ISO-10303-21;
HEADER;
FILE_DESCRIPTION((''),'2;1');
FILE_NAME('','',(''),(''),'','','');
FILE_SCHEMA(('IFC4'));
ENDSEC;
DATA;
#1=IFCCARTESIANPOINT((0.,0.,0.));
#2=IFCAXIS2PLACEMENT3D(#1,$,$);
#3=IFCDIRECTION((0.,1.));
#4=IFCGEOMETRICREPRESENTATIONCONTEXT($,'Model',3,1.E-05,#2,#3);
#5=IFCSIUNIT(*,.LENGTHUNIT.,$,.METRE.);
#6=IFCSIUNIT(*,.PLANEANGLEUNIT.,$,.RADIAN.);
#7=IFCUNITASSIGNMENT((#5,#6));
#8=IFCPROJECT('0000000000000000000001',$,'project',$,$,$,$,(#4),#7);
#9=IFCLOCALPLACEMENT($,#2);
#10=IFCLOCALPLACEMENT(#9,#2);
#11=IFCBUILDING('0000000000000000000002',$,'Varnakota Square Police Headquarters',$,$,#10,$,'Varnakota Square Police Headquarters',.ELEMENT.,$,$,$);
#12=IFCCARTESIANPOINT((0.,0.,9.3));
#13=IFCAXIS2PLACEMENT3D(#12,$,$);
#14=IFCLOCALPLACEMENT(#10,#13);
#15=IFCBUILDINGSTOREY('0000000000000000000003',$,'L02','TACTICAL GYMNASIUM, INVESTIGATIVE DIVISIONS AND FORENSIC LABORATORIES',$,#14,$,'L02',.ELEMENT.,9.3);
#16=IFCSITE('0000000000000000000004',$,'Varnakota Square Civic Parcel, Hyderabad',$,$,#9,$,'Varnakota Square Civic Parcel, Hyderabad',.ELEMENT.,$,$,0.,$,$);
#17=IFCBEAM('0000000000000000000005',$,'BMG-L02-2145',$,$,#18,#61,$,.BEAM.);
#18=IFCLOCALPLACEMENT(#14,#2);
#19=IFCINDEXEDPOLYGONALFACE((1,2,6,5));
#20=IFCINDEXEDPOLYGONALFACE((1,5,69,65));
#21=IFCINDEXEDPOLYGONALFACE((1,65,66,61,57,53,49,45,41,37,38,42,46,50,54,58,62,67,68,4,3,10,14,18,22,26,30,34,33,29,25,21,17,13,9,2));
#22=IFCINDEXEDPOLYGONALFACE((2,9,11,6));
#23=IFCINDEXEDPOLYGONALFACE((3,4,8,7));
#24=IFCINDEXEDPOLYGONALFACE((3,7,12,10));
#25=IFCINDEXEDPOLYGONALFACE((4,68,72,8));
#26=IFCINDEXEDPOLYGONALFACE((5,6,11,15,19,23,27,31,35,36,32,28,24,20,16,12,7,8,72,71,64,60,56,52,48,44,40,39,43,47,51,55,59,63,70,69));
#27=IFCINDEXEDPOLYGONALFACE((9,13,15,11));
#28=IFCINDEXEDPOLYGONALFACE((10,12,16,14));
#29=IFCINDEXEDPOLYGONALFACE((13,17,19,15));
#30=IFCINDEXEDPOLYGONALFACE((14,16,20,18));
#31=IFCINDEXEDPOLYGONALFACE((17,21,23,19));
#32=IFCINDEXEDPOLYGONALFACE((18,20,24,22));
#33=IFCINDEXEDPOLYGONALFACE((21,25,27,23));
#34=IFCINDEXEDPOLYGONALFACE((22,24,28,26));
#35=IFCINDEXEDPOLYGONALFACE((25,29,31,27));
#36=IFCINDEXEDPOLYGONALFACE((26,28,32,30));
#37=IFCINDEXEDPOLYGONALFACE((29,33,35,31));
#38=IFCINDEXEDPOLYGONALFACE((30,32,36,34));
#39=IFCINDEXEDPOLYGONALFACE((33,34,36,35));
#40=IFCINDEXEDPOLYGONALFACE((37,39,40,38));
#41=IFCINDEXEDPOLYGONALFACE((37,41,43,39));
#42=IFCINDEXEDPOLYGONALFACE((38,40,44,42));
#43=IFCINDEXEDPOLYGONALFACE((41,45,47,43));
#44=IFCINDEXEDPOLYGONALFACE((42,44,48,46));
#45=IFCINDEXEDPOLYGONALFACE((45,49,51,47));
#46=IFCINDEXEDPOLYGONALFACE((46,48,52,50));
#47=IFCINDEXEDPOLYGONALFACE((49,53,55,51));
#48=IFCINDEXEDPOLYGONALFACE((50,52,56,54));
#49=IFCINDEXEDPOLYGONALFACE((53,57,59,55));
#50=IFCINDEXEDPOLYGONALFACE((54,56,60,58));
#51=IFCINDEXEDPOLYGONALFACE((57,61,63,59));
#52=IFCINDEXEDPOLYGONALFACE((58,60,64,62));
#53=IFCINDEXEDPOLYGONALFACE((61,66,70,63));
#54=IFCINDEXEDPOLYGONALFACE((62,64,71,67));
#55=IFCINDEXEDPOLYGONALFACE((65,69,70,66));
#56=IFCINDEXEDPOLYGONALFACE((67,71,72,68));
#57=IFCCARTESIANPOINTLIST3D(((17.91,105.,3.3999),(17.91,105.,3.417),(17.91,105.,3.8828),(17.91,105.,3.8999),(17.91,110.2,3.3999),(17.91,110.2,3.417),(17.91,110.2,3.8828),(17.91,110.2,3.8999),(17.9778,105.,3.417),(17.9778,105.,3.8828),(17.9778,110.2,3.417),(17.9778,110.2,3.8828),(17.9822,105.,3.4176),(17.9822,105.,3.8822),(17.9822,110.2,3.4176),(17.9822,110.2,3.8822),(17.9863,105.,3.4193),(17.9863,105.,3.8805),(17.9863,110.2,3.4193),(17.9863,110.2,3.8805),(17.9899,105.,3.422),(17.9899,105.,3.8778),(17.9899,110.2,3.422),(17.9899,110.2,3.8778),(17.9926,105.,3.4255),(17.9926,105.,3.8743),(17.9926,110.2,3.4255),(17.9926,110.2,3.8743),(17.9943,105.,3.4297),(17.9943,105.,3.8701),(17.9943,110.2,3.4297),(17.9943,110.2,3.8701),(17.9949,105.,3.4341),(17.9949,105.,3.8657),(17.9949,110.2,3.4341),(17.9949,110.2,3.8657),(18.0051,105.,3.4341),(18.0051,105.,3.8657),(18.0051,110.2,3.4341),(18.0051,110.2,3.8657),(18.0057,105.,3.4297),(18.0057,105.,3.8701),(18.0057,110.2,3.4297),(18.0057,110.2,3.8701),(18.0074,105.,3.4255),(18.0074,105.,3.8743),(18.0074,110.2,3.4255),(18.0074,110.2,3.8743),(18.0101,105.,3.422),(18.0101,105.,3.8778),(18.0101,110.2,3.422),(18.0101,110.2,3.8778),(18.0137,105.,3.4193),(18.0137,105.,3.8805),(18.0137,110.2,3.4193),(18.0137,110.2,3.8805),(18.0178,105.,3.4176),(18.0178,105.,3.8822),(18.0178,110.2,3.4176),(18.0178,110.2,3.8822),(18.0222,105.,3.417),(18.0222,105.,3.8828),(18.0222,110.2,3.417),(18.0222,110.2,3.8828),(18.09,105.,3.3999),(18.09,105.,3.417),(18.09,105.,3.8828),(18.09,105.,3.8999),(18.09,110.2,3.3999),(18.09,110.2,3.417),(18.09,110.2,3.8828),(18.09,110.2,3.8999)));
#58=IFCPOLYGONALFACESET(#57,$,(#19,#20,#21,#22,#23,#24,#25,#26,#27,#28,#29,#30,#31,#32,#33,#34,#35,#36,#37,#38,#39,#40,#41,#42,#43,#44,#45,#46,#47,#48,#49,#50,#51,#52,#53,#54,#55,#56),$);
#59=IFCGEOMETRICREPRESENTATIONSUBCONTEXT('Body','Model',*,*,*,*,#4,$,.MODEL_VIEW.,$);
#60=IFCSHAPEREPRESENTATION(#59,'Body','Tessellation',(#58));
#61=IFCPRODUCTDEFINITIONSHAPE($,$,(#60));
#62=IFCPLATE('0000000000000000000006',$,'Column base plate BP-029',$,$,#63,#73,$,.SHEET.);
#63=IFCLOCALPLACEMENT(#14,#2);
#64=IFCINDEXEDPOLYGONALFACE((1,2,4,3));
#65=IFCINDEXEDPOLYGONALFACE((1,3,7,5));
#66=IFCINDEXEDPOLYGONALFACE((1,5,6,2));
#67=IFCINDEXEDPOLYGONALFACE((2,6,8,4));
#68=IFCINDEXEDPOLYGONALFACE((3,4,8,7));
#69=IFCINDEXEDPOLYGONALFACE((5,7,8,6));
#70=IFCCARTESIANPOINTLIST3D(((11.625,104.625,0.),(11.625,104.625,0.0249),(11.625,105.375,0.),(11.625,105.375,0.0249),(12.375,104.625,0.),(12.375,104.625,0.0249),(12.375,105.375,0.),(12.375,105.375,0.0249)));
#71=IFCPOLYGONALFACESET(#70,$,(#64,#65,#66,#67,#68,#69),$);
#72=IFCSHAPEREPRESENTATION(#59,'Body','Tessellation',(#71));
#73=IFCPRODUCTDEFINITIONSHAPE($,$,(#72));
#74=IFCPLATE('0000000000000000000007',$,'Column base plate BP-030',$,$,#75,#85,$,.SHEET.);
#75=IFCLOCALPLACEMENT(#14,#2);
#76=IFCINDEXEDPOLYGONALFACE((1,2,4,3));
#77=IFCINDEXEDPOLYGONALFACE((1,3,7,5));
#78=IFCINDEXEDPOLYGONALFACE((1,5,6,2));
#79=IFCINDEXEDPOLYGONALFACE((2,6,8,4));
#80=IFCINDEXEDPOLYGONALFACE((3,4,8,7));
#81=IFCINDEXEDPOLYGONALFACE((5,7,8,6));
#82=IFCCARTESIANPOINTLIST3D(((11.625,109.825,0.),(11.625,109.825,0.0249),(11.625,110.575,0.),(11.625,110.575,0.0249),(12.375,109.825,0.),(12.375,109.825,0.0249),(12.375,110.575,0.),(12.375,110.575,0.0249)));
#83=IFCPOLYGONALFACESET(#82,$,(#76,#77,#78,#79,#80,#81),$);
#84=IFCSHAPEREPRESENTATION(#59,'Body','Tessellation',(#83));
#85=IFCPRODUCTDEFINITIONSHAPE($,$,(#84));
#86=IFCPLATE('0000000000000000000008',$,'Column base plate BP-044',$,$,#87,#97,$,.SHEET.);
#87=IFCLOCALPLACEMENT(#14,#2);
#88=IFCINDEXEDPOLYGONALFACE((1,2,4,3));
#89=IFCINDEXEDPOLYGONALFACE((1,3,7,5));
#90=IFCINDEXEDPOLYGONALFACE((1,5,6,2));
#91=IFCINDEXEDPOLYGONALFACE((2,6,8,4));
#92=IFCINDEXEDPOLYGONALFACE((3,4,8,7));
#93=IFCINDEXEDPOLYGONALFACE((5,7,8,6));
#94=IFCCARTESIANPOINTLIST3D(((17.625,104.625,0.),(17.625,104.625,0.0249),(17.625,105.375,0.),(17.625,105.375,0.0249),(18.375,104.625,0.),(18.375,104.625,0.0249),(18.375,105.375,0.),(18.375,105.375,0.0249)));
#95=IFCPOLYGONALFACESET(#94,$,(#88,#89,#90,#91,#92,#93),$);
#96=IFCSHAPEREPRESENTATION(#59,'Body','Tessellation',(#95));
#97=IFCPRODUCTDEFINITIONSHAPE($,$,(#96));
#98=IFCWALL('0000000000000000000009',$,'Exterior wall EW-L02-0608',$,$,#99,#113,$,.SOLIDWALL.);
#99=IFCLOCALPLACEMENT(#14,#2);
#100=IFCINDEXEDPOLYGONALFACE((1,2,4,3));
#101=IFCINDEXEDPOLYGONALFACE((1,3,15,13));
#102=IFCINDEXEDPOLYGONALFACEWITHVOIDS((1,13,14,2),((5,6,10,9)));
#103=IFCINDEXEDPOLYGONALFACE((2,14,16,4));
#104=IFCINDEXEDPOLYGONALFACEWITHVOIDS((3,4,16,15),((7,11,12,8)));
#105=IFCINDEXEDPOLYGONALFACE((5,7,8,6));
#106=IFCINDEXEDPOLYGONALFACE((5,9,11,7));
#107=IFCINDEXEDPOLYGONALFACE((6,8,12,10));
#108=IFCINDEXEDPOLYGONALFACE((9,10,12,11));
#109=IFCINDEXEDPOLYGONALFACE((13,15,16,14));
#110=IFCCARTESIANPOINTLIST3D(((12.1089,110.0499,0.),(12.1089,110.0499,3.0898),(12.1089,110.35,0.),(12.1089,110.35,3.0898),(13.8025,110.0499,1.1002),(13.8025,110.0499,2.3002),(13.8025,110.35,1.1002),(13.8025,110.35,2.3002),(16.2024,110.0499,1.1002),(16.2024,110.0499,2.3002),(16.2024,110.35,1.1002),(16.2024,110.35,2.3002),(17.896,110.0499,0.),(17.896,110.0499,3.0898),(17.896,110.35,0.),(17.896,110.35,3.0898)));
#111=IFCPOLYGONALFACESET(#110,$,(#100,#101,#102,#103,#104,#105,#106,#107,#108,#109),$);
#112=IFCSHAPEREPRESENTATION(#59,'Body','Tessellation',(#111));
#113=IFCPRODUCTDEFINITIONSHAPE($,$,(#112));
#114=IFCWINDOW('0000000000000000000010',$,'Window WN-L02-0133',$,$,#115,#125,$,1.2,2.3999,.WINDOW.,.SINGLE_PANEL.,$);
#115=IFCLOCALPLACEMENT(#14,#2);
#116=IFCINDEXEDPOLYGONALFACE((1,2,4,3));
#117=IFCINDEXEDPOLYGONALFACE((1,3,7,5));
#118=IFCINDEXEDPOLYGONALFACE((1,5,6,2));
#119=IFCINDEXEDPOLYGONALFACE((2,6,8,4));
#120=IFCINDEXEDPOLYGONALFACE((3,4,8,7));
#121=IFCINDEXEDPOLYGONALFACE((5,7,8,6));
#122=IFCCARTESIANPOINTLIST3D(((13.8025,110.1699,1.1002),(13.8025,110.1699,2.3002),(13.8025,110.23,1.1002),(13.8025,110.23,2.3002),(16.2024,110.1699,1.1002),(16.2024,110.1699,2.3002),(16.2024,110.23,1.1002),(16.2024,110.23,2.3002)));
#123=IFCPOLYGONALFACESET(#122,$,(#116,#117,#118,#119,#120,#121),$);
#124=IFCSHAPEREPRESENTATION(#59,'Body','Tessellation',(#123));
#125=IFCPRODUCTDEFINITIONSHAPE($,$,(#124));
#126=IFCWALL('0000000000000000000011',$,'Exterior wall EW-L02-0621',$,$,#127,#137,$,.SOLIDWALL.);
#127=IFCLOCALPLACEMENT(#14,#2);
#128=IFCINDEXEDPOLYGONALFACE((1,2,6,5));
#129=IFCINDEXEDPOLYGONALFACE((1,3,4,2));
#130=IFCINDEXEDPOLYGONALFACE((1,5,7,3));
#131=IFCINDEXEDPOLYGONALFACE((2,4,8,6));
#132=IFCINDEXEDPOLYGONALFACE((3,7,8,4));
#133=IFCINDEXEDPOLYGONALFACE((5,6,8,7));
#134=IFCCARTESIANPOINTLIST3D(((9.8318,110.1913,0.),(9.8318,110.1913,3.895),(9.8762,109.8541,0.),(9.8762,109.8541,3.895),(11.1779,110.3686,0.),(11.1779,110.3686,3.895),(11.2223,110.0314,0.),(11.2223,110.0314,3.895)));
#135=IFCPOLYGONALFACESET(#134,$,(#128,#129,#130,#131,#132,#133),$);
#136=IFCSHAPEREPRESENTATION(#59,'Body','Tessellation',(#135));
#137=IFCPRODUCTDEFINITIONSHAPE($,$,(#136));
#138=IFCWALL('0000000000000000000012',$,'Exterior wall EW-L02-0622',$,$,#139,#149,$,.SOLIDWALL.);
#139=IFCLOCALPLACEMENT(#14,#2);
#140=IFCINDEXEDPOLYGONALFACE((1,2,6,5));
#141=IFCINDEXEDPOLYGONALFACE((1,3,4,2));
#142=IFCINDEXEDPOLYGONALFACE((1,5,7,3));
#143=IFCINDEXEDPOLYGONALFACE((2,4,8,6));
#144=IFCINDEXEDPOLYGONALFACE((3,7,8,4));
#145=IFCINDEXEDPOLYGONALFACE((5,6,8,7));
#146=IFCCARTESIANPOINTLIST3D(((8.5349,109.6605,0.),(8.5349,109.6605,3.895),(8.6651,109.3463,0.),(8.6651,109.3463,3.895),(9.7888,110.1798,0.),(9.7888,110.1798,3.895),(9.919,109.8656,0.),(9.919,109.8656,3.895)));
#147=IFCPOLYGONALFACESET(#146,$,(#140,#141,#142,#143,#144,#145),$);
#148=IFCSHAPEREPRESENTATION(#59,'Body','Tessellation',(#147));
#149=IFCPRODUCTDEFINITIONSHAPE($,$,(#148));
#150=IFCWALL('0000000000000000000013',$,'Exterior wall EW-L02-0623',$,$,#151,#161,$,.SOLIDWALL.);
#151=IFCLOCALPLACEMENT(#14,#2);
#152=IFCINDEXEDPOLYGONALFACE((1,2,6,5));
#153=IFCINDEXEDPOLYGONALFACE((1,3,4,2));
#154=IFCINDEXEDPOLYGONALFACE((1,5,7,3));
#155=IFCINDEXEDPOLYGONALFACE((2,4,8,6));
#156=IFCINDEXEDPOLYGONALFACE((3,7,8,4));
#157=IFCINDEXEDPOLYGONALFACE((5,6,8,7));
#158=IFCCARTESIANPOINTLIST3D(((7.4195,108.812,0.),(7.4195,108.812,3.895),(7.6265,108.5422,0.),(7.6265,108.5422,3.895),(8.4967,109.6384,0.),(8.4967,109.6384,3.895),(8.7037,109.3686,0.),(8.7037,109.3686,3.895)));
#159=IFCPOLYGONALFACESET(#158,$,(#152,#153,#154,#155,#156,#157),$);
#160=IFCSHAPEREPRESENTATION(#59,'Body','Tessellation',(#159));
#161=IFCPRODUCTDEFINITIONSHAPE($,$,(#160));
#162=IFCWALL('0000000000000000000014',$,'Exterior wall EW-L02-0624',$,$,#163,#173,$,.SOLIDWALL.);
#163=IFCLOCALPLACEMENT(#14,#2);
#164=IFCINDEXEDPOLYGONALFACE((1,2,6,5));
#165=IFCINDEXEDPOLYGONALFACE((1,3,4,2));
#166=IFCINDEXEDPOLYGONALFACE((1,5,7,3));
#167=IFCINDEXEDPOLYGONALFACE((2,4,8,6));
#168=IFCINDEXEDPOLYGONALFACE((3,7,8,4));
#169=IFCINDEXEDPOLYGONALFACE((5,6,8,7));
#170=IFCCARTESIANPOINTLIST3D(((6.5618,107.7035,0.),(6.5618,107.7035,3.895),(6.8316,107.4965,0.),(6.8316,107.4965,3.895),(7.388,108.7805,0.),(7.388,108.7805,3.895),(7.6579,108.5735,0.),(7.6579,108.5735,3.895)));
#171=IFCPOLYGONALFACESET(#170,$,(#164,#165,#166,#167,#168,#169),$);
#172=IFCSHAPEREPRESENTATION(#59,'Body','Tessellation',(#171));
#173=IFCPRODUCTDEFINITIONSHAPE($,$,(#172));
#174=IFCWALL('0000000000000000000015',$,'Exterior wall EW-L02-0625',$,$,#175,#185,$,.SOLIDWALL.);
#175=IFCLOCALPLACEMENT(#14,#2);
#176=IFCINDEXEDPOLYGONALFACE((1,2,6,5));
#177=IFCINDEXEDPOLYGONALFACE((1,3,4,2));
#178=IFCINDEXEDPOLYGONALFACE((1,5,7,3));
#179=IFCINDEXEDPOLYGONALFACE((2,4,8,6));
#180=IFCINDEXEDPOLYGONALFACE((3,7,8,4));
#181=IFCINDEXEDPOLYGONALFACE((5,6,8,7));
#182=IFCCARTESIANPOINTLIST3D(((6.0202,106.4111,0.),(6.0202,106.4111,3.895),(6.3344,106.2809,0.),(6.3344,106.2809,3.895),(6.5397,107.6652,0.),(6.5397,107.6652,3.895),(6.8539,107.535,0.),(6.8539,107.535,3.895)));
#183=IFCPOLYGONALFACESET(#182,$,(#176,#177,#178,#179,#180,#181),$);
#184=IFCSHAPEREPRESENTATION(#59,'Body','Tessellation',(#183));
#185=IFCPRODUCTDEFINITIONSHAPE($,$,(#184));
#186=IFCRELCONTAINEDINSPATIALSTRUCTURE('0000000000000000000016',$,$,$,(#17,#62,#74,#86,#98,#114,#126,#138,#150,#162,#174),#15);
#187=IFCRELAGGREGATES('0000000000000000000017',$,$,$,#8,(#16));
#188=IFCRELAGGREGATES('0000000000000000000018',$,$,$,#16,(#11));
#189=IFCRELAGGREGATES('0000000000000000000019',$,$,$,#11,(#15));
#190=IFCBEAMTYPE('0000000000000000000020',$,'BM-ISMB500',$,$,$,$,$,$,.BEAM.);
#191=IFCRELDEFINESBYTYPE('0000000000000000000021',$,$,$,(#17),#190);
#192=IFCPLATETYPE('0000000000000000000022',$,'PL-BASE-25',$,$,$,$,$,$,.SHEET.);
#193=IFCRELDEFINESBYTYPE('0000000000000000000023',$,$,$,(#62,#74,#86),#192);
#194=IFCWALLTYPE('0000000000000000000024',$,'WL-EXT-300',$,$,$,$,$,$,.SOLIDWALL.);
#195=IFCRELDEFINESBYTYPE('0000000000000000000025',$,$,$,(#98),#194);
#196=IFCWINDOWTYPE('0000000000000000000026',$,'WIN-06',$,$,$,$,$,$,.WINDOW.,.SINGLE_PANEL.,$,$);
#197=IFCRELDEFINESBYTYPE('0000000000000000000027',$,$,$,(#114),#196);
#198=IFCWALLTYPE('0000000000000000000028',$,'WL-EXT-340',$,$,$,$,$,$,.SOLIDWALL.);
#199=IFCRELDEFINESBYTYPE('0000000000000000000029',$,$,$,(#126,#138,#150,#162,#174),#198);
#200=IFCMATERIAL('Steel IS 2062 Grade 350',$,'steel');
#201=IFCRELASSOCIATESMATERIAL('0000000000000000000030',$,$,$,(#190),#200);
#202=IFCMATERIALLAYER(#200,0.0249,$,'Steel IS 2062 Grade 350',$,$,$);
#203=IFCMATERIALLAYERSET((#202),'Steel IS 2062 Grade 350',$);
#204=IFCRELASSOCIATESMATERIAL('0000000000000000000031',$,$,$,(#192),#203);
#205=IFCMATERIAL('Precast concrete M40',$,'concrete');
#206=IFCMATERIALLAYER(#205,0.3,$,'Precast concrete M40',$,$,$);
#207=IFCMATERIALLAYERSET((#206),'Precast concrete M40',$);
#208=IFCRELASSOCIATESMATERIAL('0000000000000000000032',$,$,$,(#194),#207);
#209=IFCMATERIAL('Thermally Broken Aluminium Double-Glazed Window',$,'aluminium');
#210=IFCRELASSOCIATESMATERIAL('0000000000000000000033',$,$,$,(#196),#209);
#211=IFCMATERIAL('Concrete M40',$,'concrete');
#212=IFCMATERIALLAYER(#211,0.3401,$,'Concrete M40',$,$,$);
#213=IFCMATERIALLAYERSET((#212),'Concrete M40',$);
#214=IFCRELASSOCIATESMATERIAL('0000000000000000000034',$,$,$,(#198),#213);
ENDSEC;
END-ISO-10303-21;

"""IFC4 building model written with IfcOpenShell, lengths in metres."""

from ifc_helpers import new_model, si_unit, direction, frame, frame_2d, origin, origin_2d, place, context, subcontext, project, spatial, rectangle, i_section, extrude, material, layer, layer_set, material_profile, profile_set, type_object, element, fill, save


model = new_model("IFC4")

# Units and contexts
model_context = context("Model", 3, precision=1e-05, world=origin(), true_north=direction((0.0, 1.0)))
body_context = subcontext(model_context, "Body", "Model", "MODEL_VIEW")
ifc_project = project(units=[si_unit("LENGTHUNIT", "METRE"), si_unit("PLANEANGLEUNIT", "RADIAN")], contexts=[model_context])

# Site, building, storey
site_placement = place(None, origin())
site = spatial("IfcSite", under=ifc_project, at=site_placement, Name="Varnakota Square Civic Parcel, Hyderabad", LongName="Varnakota Square Civic Parcel, Hyderabad", CompositionType="ELEMENT", RefElevation=0.0)
building_placement = place(site_placement, origin())
building = spatial("IfcBuilding", under=site, at=building_placement, Name="Varnakota Square Police Headquarters", LongName="Varnakota Square Police Headquarters", CompositionType="ELEMENT")
storey_placement = place(building_placement, frame((0.0, 0.0, 9.3)))
storey = spatial("IfcBuildingStorey", under=building, at=storey_placement, Name="L02", Description="TACTICAL GYMNASIUM, INVESTIGATIVE DIVISIONS AND FORENSIC LABORATORIES", LongName="L02", CompositionType="ELEMENT", Elevation=9.3)

# Shared definitions
ifc_material_1 = material(Name="Steel IS 2062 Grade 350", Category="steel")

# Beam
ifc_material_profile_1 = material_profile(ifc_material_1, i_section(OverallWidth=0.1799, OverallDepth=0.5, WebThickness=0.0103, FlangeThickness=0.0171, FilletRadius=0.0171, at=origin_2d()), Name="ISMB 500")
ifc_profile_set_1 = profile_set([ifc_material_profile_1], Name="Steel IS 2062 Grade 350")
beam_type_1 = type_object("IfcBeamType", Name="BM-ISMB500", PredefinedType="BEAM", material=ifc_profile_set_1)
for number, where, z_axis, x_axis, name in (
    (1, (18.0, 105.0, 3.6499), (0.0, 1.0, 0.0), (-1.0, 0.0, 0.0), "BMG-L02-2145"),
):
    element("IfcBeam", number, at=place(storey_placement, frame(where, z_axis=z_axis, x_axis=x_axis)), inside=storey, type_object=beam_type_1, Name=name, PredefinedType="BEAM", context=body_context, shape_type="SweptSolid", body=[
        extrude(i_section(OverallWidth=0.1799, OverallDepth=0.5, WebThickness=0.0103, FlangeThickness=0.0171, FilletRadius=0.0171, at=origin_2d()), origin(), (0.0, 0.0, 1.0), 5.2),
    ])

# Plates
ifc_layer_1 = layer(ifc_material_1, 0.0249, Name="Steel IS 2062 Grade 350")
ifc_layer_set_1 = layer_set([ifc_layer_1], Name="Steel IS 2062 Grade 350")
plate_type = type_object("IfcPlateType", Name="PL-BASE-25", PredefinedType="SHEET", material=ifc_layer_set_1)
for number, where, z_axis, x_axis, name in (
    (2, (12.0, 105.0, 0.0), (0.0, 0.0, 1.0), (1.0, 0.0, 0.0), "Column base plate BP-029"),
    (3, (12.0, 110.2, 0.0), (0.0, 0.0, 1.0), (1.0, 0.0, 0.0), "Column base plate BP-030"),
    (4, (18.0, 105.0, 0.0), (0.0, 0.0, 1.0), (1.0, 0.0, 0.0), "Column base plate BP-044"),
):
    element("IfcPlate", number, at=place(storey_placement, frame(where, z_axis=z_axis, x_axis=x_axis)), inside=storey, type_object=plate_type, Name=name, PredefinedType="SHEET", context=body_context, shape_type="SweptSolid", body=[
        extrude(rectangle(XDim=0.75, YDim=0.75, at=origin_2d()), origin(), (0.0, 0.0, 1.0), 0.0249),
    ])

# Wall, opening, window
ifc_material_2 = material(Name="Precast concrete M40", Category="concrete")
ifc_layer_2 = layer(ifc_material_2, 0.3, Name="Precast concrete M40")
ifc_layer_set_2 = layer_set([ifc_layer_2], Name="Precast concrete M40")
wall_type_1 = type_object("IfcWallType", Name="WL-EXT-300", PredefinedType="SOLIDWALL", material=ifc_layer_set_2)
wall_1_placement = place(storey_placement, frame((12.1089, 110.2, 0.0), z_axis=(0.0, 0.0, 1.0), x_axis=(1.0, 0.0, 0.0)))
wall_1 = element("IfcWall", 5, at=wall_1_placement, inside=storey, type_object=wall_type_1, Name="Exterior wall EW-L02-0608", PredefinedType="SOLIDWALL", context=body_context, shape_type="SweptSolid", body=[
    extrude(rectangle(XDim=5.7871, YDim=0.3, at=frame_2d((2.8936, 0.0))), origin(), (0.0, 0.0, 1.0), 3.0898),
])
opening_placement = place(wall_1_placement, frame((1.6936, 0.0, 1.1001)))
opening = element("IfcOpeningElement", 6, at=opening_placement, cuts=wall_1, PredefinedType="OPENING", context=body_context, shape_type="SweptSolid", body=[
    extrude(rectangle(XDim=2.3999, YDim=1.2, at=frame_2d((1.2, 0.6001))), frame((0.0, 0.1599, 0.0), z_axis=(0.0, -1.0, 0.0), x_axis=(1.0, 0.0, 0.0)), (0.0, 0.0, 1.0), 0.3201),
])
ifc_material_3 = material(Name="Thermally Broken Aluminium Double-Glazed Window", Category="aluminium")
window_type = type_object("IfcWindowType", Name="WIN-06", PartitioningType="SINGLE_PANEL", PredefinedType="WINDOW", material=ifc_material_3)
window_placement = place(opening_placement, origin())
window = element("IfcWindow", 7, at=window_placement, inside=storey, type_object=window_type, Name="Window WN-L02-0133", OverallHeight=1.2, OverallWidth=2.3999, PartitioningType="SINGLE_PANEL", PredefinedType="WINDOW", context=body_context, shape_type="SweptSolid", body=[
    extrude(rectangle(XDim=2.3999, YDim=1.2, at=frame_2d((1.2, 0.6001))), frame((0.0, 0.03, 0.0), z_axis=(0.0, -1.0, 0.0), x_axis=(1.0, 0.0, 0.0)), (0.0, 0.0, 1.0), 0.0601),
])
fill(opening, window)

# Walls
ifc_material_4 = material(Name="Concrete M40", Category="concrete")
ifc_layer_3 = layer(ifc_material_4, 0.3401, Name="Concrete M40")
ifc_layer_set_3 = layer_set([ifc_layer_3], Name="Concrete M40")
wall_type_2 = type_object("IfcWallType", Name="WL-EXT-340", PredefinedType="SOLIDWALL", material=ifc_layer_set_3)
wall_2_placement = place(storey_placement, frame((11.2, 110.2, 0.0), z_axis=(0.0, 0.0, 1.0), x_axis=(-0.99144, -0.130562, 0.0)))
element("IfcWall", 8, at=wall_2_placement, inside=storey, type_object=wall_type_2, Name="Exterior wall EW-L02-0621", PredefinedType="SOLIDWALL", context=body_context, shape_type="SweptSolid", body=[
    extrude(rectangle(XDim=1.3577, YDim=0.3401, at=frame_2d((0.6787, 0.0))), origin(), (0.0, 0.0, 1.0), 3.895),
])
wall_3_placement = place(storey_placement, frame((9.854, 110.0227, 0.0), z_axis=(0.0, 0.0, 1.0), x_axis=(-0.923905, -0.382622, 0.0)))
element("IfcWall", 9, at=wall_3_placement, inside=storey, type_object=wall_type_2, Name="Exterior wall EW-L02-0622", PredefinedType="SOLIDWALL", context=body_context, shape_type="SweptSolid", body=[
    extrude(rectangle(XDim=1.3572, YDim=0.3401, at=frame_2d((0.6787, 0.0))), origin(), (0.0, 0.0, 1.0), 3.895),
])
wall_4_placement = place(storey_placement, frame((8.6001, 109.5034, 0.0), z_axis=(0.0, 0.0, 1.0), x_axis=(-0.793392, -0.608711, 0.0)))
element("IfcWall", 10, at=wall_4_placement, inside=storey, type_object=wall_type_2, Name="Exterior wall EW-L02-0623", PredefinedType="SOLIDWALL", context=body_context, shape_type="SweptSolid", body=[
    extrude(rectangle(XDim=1.3577, YDim=0.3401, at=frame_2d((0.6787, 0.0))), origin(), (0.0, 0.0, 1.0), 3.895),
])
for number, where, z_axis, x_axis, name in (
    (11, (7.5229, 108.677, 0.0), (0.0, 0.0, 1.0), (-0.608685, -0.793412, 0.0), "Exterior wall EW-L02-0624"),
    (12, (6.6968, 107.6001, 0.0), (0.0, 0.0, 1.0), (-0.382712, -0.923868, 0.0), "Exterior wall EW-L02-0625"),
):
    element("IfcWall", number, at=place(storey_placement, frame(where, z_axis=z_axis, x_axis=x_axis)), inside=storey, type_object=wall_type_2, Name=name, PredefinedType="SOLIDWALL", context=body_context, shape_type="SweptSolid", body=[
        extrude(rectangle(XDim=1.3574, YDim=0.3401, at=frame_2d((0.6787, 0.0))), origin(), (0.0, 0.0, 1.0), 3.895),
    ])

save(model, "model.ifc")
